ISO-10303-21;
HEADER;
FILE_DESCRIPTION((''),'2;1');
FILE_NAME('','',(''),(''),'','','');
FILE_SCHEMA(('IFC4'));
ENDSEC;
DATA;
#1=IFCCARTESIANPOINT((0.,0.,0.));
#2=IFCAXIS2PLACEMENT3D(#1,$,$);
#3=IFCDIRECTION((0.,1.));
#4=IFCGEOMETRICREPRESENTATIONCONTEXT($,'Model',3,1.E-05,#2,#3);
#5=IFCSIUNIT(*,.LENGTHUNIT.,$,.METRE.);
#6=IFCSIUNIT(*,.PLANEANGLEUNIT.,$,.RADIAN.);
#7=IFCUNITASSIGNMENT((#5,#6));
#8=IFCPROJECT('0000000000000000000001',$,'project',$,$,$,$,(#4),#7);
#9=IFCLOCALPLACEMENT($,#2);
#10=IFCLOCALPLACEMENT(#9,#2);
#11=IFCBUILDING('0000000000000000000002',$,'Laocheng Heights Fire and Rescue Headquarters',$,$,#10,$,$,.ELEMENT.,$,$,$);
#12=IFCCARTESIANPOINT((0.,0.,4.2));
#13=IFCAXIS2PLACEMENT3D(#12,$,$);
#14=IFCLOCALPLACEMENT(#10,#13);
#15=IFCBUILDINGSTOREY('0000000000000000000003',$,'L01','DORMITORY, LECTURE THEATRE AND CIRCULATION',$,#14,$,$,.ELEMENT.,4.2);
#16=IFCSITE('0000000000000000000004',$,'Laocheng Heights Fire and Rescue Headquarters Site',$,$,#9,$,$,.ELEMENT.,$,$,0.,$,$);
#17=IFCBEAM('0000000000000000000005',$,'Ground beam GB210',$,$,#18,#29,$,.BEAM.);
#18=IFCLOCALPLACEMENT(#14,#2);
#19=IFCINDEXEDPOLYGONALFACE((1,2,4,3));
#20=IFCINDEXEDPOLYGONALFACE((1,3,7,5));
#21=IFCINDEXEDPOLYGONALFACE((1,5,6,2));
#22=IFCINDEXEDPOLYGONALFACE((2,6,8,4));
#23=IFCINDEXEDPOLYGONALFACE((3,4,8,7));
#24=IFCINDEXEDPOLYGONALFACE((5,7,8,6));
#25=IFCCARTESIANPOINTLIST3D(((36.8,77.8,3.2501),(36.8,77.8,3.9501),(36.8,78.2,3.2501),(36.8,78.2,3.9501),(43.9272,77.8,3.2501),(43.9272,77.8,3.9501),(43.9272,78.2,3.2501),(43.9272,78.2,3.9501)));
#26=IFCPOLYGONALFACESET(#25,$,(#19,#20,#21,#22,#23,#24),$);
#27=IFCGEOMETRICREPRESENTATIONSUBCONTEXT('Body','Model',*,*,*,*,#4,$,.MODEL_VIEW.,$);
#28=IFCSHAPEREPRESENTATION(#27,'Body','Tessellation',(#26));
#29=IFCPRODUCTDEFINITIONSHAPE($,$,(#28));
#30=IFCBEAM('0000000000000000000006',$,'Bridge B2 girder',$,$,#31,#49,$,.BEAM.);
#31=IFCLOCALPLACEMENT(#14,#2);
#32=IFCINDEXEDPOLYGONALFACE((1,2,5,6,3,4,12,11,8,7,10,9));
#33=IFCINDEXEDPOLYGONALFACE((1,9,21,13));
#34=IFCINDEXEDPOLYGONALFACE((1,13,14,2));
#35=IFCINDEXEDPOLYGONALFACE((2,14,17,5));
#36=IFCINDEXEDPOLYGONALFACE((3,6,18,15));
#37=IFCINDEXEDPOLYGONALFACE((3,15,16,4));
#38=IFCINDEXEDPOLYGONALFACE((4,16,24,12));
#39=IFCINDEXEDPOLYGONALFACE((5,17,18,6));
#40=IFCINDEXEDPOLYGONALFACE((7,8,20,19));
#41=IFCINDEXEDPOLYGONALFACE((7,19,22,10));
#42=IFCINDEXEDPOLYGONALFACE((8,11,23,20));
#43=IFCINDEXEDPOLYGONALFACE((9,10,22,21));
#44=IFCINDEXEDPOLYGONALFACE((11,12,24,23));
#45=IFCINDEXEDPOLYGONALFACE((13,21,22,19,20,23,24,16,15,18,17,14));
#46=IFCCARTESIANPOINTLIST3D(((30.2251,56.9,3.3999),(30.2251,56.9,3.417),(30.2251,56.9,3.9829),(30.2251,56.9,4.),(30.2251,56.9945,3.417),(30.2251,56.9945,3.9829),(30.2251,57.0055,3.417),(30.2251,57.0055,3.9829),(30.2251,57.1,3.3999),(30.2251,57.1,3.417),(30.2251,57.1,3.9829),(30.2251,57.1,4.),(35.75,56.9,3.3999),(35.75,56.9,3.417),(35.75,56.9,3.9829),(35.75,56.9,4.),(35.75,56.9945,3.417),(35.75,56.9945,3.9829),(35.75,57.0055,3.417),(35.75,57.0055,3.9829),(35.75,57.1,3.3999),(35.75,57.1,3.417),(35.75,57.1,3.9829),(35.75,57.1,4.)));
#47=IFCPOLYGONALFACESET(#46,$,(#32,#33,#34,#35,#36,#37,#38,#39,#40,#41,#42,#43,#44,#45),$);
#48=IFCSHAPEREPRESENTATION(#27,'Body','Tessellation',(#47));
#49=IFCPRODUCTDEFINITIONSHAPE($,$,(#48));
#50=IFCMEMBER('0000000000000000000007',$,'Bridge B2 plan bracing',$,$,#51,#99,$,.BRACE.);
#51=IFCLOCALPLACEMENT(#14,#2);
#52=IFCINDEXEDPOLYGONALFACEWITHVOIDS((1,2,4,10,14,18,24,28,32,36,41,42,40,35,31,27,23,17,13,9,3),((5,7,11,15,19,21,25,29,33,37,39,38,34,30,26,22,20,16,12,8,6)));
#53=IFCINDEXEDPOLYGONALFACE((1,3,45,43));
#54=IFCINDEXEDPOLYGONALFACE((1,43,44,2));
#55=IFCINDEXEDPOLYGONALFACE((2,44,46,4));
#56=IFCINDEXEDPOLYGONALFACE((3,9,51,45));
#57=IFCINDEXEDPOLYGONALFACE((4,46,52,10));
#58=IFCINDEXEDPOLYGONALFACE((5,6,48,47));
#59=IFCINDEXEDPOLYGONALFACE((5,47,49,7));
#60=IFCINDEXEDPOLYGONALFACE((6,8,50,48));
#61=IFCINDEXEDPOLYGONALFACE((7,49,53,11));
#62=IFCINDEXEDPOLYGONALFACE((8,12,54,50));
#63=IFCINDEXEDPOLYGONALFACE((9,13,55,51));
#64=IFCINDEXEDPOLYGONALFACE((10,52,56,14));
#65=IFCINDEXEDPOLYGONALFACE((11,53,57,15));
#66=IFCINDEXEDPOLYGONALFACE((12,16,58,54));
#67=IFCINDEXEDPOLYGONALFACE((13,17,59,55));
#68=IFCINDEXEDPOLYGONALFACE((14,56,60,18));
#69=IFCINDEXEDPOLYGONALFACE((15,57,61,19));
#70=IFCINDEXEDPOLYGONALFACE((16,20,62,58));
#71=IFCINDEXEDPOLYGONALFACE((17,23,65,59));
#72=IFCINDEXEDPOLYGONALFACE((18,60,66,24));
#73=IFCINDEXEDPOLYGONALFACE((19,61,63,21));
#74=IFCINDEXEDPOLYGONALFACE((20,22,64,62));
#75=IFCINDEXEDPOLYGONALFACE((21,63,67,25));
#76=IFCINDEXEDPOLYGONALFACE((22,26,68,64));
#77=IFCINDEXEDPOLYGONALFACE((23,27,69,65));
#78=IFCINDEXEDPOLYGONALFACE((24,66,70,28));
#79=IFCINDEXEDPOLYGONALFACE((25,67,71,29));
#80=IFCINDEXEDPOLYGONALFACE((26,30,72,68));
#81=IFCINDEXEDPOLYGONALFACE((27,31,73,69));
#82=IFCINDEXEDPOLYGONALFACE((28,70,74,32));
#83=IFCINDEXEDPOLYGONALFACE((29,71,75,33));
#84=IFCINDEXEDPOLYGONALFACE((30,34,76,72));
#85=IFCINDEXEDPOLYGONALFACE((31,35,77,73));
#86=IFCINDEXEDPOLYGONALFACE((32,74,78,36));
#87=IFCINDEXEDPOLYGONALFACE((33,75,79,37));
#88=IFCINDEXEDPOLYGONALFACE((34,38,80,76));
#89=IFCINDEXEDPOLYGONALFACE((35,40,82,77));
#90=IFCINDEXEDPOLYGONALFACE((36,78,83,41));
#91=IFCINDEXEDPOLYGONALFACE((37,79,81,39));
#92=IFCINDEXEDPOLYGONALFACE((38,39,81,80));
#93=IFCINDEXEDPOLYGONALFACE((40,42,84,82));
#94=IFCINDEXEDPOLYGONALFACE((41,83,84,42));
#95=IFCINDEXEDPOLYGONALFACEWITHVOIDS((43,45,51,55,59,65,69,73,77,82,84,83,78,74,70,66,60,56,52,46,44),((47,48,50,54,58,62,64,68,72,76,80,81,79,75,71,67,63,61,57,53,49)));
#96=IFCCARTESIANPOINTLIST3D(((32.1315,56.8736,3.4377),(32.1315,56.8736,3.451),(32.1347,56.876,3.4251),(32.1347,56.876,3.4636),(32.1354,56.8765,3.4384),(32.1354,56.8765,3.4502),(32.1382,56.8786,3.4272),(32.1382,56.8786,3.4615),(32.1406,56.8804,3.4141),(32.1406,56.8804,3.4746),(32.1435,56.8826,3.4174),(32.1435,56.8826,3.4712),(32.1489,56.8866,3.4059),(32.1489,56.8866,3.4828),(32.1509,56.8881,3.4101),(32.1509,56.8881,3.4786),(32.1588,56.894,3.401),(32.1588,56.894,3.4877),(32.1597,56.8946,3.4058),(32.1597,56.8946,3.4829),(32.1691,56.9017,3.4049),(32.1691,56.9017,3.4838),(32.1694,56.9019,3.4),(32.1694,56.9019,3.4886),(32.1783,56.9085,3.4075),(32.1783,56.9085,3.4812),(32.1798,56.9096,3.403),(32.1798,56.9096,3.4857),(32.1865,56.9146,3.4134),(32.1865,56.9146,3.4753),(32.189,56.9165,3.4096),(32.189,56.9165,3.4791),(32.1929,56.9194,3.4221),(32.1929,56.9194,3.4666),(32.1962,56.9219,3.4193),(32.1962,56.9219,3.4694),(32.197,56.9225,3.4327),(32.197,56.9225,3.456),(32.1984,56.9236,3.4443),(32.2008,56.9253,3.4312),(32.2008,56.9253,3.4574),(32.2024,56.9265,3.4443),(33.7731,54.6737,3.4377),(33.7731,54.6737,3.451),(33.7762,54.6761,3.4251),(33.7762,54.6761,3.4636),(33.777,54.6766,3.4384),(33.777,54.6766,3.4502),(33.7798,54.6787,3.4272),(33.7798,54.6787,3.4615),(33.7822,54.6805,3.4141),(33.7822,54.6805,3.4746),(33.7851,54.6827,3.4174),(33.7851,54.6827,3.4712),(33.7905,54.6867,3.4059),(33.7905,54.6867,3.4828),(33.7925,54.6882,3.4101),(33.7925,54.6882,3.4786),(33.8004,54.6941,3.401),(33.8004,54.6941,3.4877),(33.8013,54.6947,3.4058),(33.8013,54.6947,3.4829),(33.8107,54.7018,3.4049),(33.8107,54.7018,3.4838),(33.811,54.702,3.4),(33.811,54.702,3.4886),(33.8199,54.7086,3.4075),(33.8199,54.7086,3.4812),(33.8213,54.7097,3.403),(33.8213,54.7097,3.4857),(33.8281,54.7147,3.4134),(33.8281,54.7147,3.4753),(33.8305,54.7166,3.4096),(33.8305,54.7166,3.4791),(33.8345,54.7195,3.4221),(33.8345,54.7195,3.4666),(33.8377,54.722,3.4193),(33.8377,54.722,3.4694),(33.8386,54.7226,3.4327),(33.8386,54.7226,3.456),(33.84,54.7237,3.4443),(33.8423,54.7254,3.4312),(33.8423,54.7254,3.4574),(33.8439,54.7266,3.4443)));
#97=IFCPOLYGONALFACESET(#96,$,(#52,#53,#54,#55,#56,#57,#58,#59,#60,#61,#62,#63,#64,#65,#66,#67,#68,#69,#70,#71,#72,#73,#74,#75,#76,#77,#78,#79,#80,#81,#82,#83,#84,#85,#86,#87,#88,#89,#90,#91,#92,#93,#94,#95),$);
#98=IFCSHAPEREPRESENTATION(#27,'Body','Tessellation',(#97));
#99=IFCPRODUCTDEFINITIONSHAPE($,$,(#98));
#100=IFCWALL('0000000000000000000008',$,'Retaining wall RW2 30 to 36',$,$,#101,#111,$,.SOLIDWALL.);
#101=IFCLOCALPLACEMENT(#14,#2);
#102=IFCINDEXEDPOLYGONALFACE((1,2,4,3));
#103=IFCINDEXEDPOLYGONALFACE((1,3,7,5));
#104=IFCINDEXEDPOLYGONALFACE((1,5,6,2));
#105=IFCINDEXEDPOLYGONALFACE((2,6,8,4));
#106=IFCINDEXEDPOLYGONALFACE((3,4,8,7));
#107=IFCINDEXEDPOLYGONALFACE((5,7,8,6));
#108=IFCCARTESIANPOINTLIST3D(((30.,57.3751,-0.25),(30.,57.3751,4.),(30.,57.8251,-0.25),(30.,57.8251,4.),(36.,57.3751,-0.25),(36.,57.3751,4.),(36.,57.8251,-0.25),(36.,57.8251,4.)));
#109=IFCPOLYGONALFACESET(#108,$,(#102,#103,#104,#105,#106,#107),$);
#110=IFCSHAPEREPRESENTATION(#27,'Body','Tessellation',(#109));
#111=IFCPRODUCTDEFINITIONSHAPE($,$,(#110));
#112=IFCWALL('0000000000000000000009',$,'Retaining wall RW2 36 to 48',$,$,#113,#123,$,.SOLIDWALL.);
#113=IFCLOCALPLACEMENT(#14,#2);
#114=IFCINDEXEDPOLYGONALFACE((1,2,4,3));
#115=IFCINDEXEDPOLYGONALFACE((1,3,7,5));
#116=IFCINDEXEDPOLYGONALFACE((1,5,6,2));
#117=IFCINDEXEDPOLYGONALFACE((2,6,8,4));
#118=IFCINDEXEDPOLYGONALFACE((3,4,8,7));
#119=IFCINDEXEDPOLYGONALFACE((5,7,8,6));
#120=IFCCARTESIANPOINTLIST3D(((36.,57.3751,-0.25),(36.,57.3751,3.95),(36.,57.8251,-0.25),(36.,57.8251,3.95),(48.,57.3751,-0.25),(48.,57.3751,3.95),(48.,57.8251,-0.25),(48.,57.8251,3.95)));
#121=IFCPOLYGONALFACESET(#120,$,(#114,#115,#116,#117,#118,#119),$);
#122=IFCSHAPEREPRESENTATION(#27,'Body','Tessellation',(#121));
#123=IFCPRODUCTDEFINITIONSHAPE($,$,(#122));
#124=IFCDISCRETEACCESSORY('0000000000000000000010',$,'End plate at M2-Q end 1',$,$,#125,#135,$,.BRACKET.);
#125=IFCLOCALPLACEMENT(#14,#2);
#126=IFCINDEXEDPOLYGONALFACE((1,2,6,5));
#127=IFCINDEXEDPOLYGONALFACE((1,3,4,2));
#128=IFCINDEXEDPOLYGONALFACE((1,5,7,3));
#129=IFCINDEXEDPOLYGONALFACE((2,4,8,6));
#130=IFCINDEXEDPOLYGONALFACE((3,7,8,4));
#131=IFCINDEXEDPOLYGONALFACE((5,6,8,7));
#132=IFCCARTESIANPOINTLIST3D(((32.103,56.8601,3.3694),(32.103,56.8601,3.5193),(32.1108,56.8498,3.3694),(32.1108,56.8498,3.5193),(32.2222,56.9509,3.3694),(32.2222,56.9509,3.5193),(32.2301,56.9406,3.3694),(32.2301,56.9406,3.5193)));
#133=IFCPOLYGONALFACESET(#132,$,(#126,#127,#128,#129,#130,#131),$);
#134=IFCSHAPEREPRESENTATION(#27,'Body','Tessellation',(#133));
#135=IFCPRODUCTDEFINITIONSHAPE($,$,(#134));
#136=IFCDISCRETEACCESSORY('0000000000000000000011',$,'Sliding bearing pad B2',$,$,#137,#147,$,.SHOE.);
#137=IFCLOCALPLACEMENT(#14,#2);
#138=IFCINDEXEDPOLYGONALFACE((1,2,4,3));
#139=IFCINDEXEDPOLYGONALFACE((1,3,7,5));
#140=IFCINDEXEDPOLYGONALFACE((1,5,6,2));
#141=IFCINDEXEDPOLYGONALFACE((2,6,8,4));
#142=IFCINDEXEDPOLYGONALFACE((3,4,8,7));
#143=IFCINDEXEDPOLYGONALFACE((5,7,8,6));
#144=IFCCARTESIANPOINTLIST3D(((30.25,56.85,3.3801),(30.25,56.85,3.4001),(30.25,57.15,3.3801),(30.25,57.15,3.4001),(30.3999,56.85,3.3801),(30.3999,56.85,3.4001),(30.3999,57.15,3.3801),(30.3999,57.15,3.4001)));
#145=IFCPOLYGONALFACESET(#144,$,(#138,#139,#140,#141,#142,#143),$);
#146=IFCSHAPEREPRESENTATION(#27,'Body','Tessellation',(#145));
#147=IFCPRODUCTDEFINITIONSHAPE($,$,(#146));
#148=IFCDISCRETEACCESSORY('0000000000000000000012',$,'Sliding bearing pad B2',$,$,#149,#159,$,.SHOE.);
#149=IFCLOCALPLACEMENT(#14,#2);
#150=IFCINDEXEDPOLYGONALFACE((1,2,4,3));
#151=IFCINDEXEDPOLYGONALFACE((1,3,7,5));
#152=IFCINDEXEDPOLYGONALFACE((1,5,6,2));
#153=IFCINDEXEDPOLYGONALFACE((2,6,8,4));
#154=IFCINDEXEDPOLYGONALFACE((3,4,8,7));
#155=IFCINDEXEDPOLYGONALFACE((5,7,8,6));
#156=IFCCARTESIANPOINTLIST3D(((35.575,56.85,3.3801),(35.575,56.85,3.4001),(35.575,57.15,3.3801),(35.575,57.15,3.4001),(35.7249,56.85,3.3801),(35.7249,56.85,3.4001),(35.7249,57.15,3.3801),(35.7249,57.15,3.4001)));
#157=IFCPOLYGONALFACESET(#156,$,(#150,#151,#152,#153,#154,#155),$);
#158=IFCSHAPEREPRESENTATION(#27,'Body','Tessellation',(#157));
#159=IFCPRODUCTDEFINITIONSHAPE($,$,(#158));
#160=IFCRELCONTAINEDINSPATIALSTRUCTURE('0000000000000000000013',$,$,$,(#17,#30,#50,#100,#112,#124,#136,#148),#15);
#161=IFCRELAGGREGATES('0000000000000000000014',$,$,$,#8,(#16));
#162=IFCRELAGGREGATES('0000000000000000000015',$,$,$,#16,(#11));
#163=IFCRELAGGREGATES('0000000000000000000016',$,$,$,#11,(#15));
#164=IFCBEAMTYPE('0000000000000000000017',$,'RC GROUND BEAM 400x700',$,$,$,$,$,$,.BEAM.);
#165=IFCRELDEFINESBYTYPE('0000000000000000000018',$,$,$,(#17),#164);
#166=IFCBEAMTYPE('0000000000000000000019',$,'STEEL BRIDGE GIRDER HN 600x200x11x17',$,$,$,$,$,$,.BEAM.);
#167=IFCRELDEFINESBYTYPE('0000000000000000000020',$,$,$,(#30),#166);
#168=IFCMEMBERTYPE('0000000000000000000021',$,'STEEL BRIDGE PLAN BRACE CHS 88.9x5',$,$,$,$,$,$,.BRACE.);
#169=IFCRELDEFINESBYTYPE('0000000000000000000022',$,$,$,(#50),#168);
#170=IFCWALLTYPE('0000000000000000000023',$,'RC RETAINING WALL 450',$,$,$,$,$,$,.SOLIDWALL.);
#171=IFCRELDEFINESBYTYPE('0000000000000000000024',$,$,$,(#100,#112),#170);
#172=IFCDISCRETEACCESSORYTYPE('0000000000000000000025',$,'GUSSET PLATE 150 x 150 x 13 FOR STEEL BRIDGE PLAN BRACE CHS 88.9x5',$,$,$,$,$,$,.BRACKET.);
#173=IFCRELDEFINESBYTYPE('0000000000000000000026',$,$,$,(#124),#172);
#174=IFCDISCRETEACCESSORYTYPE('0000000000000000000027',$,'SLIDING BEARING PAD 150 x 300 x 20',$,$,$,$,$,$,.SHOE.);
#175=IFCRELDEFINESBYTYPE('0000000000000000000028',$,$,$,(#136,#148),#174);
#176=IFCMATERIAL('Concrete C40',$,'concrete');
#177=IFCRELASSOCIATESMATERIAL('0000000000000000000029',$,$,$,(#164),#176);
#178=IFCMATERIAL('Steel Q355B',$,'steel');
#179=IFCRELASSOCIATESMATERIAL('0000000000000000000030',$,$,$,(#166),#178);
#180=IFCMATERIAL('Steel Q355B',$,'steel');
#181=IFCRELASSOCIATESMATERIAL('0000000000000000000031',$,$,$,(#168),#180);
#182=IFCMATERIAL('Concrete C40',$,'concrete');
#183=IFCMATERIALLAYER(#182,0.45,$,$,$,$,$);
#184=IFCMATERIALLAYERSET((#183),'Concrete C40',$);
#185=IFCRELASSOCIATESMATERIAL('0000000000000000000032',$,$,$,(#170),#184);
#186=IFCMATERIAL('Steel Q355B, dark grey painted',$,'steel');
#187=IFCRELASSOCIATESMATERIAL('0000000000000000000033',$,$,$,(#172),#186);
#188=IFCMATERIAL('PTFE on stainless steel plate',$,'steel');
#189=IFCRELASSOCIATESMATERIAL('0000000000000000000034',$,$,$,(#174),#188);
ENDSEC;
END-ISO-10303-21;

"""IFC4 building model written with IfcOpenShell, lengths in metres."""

from ifc_helpers import new_model, si_unit, direction, frame, frame_2d, origin, origin_2d, place, context, subcontext, project, spatial, rectangle, hollow_circle, i_section, extrude, material, layer, layer_set, material_profile, profile_set, type_object, element, save


model = new_model("IFC4")

# Units and contexts
model_context = context("Model", 3, precision=1e-05, world=origin(), true_north=direction((0.0, 1.0)))
body_context = subcontext(model_context, "Body", "Model", "MODEL_VIEW")
ifc_project = project(units=[si_unit("LENGTHUNIT", "METRE"), si_unit("PLANEANGLEUNIT", "RADIAN")], contexts=[model_context])

# Site, building, storey
site_placement = place(None, origin())
site = spatial("IfcSite", under=ifc_project, at=site_placement, Name="Laocheng Heights Fire and Rescue Headquarters Site", CompositionType="ELEMENT", RefElevation=0.0)
building_placement = place(site_placement, origin())
building = spatial("IfcBuilding", under=site, at=building_placement, Name="Laocheng Heights Fire and Rescue Headquarters", CompositionType="ELEMENT")
storey_placement = place(building_placement, frame((0.0, 0.0, 4.2)))
storey = spatial("IfcBuildingStorey", under=building, at=storey_placement, Name="L01", Description="DORMITORY, LECTURE THEATRE AND CIRCULATION", CompositionType="ELEMENT", Elevation=4.2)

# Beams
ifc_material_1 = material(Name="Concrete C40", Category="concrete")
ifc_material_profile_1 = material_profile(ifc_material_1, rectangle(XDim=0.3999, YDim=0.7, at=origin_2d()), Name="RC GROUND BEAM 400x700")
ifc_profile_set_1 = profile_set([ifc_material_profile_1], Name="Concrete C40")
beam_type_1 = type_object("IfcBeamType", Name="RC GROUND BEAM 400x700", PredefinedType="BEAM", material=ifc_profile_set_1)
beam_1_placement = place(storey_placement, frame((36.8, 78.0, 3.6001), z_axis=(1.0, 0.0, 0.0), x_axis=(0.0, 1.0, 0.0)))
element("IfcBeam", 1, at=beam_1_placement, inside=storey, type_object=beam_type_1, Name="Ground beam GB210", PredefinedType="BEAM", context=body_context, shape_type="SweptSolid", body=[
    extrude(rectangle(XDim=0.3999, YDim=0.7, at=origin_2d()), origin(), (0.0, 0.0, 1.0), 7.1272),
])
ifc_material_2 = material(Name="Steel Q355B", Category="steel")
ifc_material_profile_2 = material_profile(ifc_material_2, i_section(OverallWidth=0.2, OverallDepth=0.6001, WebThickness=0.011, FlangeThickness=0.0171, at=origin_2d()), Name="HN 600x200x11x17")
ifc_profile_set_2 = profile_set([ifc_material_profile_2], Name="Steel Q355B")
beam_type_2 = type_object("IfcBeamType", Name="STEEL BRIDGE GIRDER HN 600x200x11x17", PredefinedType="BEAM", material=ifc_profile_set_2)
beam_2_placement = place(storey_placement, frame((30.2251, 57.0, 3.7), z_axis=(1.0, 0.0, 0.0), x_axis=(0.0, 1.0, 0.0)))
element("IfcBeam", 2, at=beam_2_placement, inside=storey, type_object=beam_type_2, Name="Bridge B2 girder", PredefinedType="BEAM", context=body_context, shape_type="SweptSolid", body=[
    extrude(i_section(OverallWidth=0.2, OverallDepth=0.6001, WebThickness=0.011, FlangeThickness=0.0171, at=origin_2d()), origin(), (0.0, 0.0, 1.0), 5.5249),
])

# Member
ifc_material_3 = material(Name="Steel Q355B", Category="steel")
ifc_material_profile_3 = material_profile(ifc_material_3, hollow_circle(Radius=0.0444, WallThickness=0.0049, at=origin_2d()), Name="CHS 88.9x5")
ifc_profile_set_3 = profile_set([ifc_material_profile_3], Name="Steel Q355B")
member_type = type_object("IfcMemberType", Name="STEEL BRIDGE PLAN BRACE CHS 88.9x5", PredefinedType="BRACE", material=ifc_profile_set_3)
member_placement = place(storey_placement, frame((32.1667, 56.8999, 3.4443), z_axis=(0.598049, -0.80146, 0.0), x_axis=(0.80146, 0.598049, 0.0)))
element("IfcMember", 3, at=member_placement, inside=storey, type_object=member_type, Name="Bridge B2 plan bracing", PredefinedType="BRACE", context=body_context, shape_type="SweptSolid", body=[
    extrude(hollow_circle(Radius=0.0444, WallThickness=0.0049, at=origin_2d()), origin(), (0.0, 0.0, 1.0), 2.7449),
])

# Walls
ifc_material_4 = material(Name="Concrete C40", Category="concrete")
ifc_layer = layer(ifc_material_4, 0.45)
ifc_layer_set = layer_set([ifc_layer], Name="Concrete C40")
wall_type = type_object("IfcWallType", Name="RC RETAINING WALL 450", PredefinedType="SOLIDWALL", material=ifc_layer_set)
wall_1_placement = place(storey_placement, frame((30.0, 57.6001, -0.25), z_axis=(0.0, 0.0, 1.0), x_axis=(1.0, 0.0, 0.0)))
element("IfcWall", 4, at=wall_1_placement, inside=storey, type_object=wall_type, Name="Retaining wall RW2 30 to 36", PredefinedType="SOLIDWALL", context=body_context, shape_type="SweptSolid", body=[
    extrude(rectangle(XDim=6.0, YDim=0.45, at=frame_2d((3.0, 0.0))), origin(), (0.0, 0.0, 1.0), 4.25),
])
wall_2_placement = place(storey_placement, frame((36.0, 57.6001, -0.25), z_axis=(0.0, 0.0, 1.0), x_axis=(1.0, 0.0, 0.0)))
element("IfcWall", 5, at=wall_2_placement, inside=storey, type_object=wall_type, Name="Retaining wall RW2 36 to 48", PredefinedType="SOLIDWALL", context=body_context, shape_type="SweptSolid", body=[
    extrude(rectangle(XDim=12.0, YDim=0.45, at=frame_2d((6.0, 0.0))), origin(), (0.0, 0.0, 1.0), 4.2),
])

# Discrete accessories
ifc_material_5 = material(Name="Steel Q355B, dark grey painted", Category="steel")
ifc_material_profile_4 = material_profile(ifc_material_5, rectangle(XDim=0.1499, YDim=0.1499, at=origin_2d()), Name="GUSSET PLATE 150 x 150 x 13 FOR STEEL BRIDGE PLAN BRACE CHS 88.9x5")
ifc_profile_set_4 = profile_set([ifc_material_profile_4], Name="Steel Q355B, dark grey painted")
discrete_accessory_type_1 = type_object("IfcDiscreteAccessoryType", Name="GUSSET PLATE 150 x 150 x 13 FOR STEEL BRIDGE PLAN BRACE CHS 88.9x5", PredefinedType="BRACKET", material=ifc_profile_set_4)
discrete_accessory_placement = place(storey_placement, frame((32.1626, 56.9055, 3.4443), z_axis=(0.606043, -0.795432, 0.0), x_axis=(0.795432, 0.606043, 0.0)))
element("IfcDiscreteAccessory", 6, at=discrete_accessory_placement, inside=storey, type_object=discrete_accessory_type_1, Name="End plate at M2-Q end 1", PredefinedType="BRACKET", context=body_context, shape_type="SweptSolid", body=[
    extrude(rectangle(XDim=0.1499, YDim=0.1499, at=origin_2d()), origin(), (0.0, 0.0, 1.0), 0.0129),
])
ifc_material_6 = material(Name="PTFE on stainless steel plate", Category="steel")
discrete_accessory_type_2 = type_object("IfcDiscreteAccessoryType", Name="SLIDING BEARING PAD 150 x 300 x 20", PredefinedType="SHOE", material=ifc_material_6)
for number, where, z_axis, x_axis, name in (
    (7, (30.325, 57.0, 3.3801), (0.0, 0.0, 1.0), (1.0, 0.0, 0.0), "Sliding bearing pad B2"),
    (8, (35.6499, 57.0, 3.3801), (0.0, 0.0, 1.0), (1.0, 0.0, 0.0), "Sliding bearing pad B2"),
):
    element("IfcDiscreteAccessory", number, at=place(storey_placement, frame(where, z_axis=z_axis, x_axis=x_axis)), inside=storey, type_object=discrete_accessory_type_2, Name=name, PredefinedType="SHOE", context=body_context, shape_type="SweptSolid", body=[
        extrude(rectangle(XDim=0.1499, YDim=0.3, at=origin_2d()), origin(), (0.0, 0.0, 1.0), 0.02),
    ])

save(model, "model.ifc")
